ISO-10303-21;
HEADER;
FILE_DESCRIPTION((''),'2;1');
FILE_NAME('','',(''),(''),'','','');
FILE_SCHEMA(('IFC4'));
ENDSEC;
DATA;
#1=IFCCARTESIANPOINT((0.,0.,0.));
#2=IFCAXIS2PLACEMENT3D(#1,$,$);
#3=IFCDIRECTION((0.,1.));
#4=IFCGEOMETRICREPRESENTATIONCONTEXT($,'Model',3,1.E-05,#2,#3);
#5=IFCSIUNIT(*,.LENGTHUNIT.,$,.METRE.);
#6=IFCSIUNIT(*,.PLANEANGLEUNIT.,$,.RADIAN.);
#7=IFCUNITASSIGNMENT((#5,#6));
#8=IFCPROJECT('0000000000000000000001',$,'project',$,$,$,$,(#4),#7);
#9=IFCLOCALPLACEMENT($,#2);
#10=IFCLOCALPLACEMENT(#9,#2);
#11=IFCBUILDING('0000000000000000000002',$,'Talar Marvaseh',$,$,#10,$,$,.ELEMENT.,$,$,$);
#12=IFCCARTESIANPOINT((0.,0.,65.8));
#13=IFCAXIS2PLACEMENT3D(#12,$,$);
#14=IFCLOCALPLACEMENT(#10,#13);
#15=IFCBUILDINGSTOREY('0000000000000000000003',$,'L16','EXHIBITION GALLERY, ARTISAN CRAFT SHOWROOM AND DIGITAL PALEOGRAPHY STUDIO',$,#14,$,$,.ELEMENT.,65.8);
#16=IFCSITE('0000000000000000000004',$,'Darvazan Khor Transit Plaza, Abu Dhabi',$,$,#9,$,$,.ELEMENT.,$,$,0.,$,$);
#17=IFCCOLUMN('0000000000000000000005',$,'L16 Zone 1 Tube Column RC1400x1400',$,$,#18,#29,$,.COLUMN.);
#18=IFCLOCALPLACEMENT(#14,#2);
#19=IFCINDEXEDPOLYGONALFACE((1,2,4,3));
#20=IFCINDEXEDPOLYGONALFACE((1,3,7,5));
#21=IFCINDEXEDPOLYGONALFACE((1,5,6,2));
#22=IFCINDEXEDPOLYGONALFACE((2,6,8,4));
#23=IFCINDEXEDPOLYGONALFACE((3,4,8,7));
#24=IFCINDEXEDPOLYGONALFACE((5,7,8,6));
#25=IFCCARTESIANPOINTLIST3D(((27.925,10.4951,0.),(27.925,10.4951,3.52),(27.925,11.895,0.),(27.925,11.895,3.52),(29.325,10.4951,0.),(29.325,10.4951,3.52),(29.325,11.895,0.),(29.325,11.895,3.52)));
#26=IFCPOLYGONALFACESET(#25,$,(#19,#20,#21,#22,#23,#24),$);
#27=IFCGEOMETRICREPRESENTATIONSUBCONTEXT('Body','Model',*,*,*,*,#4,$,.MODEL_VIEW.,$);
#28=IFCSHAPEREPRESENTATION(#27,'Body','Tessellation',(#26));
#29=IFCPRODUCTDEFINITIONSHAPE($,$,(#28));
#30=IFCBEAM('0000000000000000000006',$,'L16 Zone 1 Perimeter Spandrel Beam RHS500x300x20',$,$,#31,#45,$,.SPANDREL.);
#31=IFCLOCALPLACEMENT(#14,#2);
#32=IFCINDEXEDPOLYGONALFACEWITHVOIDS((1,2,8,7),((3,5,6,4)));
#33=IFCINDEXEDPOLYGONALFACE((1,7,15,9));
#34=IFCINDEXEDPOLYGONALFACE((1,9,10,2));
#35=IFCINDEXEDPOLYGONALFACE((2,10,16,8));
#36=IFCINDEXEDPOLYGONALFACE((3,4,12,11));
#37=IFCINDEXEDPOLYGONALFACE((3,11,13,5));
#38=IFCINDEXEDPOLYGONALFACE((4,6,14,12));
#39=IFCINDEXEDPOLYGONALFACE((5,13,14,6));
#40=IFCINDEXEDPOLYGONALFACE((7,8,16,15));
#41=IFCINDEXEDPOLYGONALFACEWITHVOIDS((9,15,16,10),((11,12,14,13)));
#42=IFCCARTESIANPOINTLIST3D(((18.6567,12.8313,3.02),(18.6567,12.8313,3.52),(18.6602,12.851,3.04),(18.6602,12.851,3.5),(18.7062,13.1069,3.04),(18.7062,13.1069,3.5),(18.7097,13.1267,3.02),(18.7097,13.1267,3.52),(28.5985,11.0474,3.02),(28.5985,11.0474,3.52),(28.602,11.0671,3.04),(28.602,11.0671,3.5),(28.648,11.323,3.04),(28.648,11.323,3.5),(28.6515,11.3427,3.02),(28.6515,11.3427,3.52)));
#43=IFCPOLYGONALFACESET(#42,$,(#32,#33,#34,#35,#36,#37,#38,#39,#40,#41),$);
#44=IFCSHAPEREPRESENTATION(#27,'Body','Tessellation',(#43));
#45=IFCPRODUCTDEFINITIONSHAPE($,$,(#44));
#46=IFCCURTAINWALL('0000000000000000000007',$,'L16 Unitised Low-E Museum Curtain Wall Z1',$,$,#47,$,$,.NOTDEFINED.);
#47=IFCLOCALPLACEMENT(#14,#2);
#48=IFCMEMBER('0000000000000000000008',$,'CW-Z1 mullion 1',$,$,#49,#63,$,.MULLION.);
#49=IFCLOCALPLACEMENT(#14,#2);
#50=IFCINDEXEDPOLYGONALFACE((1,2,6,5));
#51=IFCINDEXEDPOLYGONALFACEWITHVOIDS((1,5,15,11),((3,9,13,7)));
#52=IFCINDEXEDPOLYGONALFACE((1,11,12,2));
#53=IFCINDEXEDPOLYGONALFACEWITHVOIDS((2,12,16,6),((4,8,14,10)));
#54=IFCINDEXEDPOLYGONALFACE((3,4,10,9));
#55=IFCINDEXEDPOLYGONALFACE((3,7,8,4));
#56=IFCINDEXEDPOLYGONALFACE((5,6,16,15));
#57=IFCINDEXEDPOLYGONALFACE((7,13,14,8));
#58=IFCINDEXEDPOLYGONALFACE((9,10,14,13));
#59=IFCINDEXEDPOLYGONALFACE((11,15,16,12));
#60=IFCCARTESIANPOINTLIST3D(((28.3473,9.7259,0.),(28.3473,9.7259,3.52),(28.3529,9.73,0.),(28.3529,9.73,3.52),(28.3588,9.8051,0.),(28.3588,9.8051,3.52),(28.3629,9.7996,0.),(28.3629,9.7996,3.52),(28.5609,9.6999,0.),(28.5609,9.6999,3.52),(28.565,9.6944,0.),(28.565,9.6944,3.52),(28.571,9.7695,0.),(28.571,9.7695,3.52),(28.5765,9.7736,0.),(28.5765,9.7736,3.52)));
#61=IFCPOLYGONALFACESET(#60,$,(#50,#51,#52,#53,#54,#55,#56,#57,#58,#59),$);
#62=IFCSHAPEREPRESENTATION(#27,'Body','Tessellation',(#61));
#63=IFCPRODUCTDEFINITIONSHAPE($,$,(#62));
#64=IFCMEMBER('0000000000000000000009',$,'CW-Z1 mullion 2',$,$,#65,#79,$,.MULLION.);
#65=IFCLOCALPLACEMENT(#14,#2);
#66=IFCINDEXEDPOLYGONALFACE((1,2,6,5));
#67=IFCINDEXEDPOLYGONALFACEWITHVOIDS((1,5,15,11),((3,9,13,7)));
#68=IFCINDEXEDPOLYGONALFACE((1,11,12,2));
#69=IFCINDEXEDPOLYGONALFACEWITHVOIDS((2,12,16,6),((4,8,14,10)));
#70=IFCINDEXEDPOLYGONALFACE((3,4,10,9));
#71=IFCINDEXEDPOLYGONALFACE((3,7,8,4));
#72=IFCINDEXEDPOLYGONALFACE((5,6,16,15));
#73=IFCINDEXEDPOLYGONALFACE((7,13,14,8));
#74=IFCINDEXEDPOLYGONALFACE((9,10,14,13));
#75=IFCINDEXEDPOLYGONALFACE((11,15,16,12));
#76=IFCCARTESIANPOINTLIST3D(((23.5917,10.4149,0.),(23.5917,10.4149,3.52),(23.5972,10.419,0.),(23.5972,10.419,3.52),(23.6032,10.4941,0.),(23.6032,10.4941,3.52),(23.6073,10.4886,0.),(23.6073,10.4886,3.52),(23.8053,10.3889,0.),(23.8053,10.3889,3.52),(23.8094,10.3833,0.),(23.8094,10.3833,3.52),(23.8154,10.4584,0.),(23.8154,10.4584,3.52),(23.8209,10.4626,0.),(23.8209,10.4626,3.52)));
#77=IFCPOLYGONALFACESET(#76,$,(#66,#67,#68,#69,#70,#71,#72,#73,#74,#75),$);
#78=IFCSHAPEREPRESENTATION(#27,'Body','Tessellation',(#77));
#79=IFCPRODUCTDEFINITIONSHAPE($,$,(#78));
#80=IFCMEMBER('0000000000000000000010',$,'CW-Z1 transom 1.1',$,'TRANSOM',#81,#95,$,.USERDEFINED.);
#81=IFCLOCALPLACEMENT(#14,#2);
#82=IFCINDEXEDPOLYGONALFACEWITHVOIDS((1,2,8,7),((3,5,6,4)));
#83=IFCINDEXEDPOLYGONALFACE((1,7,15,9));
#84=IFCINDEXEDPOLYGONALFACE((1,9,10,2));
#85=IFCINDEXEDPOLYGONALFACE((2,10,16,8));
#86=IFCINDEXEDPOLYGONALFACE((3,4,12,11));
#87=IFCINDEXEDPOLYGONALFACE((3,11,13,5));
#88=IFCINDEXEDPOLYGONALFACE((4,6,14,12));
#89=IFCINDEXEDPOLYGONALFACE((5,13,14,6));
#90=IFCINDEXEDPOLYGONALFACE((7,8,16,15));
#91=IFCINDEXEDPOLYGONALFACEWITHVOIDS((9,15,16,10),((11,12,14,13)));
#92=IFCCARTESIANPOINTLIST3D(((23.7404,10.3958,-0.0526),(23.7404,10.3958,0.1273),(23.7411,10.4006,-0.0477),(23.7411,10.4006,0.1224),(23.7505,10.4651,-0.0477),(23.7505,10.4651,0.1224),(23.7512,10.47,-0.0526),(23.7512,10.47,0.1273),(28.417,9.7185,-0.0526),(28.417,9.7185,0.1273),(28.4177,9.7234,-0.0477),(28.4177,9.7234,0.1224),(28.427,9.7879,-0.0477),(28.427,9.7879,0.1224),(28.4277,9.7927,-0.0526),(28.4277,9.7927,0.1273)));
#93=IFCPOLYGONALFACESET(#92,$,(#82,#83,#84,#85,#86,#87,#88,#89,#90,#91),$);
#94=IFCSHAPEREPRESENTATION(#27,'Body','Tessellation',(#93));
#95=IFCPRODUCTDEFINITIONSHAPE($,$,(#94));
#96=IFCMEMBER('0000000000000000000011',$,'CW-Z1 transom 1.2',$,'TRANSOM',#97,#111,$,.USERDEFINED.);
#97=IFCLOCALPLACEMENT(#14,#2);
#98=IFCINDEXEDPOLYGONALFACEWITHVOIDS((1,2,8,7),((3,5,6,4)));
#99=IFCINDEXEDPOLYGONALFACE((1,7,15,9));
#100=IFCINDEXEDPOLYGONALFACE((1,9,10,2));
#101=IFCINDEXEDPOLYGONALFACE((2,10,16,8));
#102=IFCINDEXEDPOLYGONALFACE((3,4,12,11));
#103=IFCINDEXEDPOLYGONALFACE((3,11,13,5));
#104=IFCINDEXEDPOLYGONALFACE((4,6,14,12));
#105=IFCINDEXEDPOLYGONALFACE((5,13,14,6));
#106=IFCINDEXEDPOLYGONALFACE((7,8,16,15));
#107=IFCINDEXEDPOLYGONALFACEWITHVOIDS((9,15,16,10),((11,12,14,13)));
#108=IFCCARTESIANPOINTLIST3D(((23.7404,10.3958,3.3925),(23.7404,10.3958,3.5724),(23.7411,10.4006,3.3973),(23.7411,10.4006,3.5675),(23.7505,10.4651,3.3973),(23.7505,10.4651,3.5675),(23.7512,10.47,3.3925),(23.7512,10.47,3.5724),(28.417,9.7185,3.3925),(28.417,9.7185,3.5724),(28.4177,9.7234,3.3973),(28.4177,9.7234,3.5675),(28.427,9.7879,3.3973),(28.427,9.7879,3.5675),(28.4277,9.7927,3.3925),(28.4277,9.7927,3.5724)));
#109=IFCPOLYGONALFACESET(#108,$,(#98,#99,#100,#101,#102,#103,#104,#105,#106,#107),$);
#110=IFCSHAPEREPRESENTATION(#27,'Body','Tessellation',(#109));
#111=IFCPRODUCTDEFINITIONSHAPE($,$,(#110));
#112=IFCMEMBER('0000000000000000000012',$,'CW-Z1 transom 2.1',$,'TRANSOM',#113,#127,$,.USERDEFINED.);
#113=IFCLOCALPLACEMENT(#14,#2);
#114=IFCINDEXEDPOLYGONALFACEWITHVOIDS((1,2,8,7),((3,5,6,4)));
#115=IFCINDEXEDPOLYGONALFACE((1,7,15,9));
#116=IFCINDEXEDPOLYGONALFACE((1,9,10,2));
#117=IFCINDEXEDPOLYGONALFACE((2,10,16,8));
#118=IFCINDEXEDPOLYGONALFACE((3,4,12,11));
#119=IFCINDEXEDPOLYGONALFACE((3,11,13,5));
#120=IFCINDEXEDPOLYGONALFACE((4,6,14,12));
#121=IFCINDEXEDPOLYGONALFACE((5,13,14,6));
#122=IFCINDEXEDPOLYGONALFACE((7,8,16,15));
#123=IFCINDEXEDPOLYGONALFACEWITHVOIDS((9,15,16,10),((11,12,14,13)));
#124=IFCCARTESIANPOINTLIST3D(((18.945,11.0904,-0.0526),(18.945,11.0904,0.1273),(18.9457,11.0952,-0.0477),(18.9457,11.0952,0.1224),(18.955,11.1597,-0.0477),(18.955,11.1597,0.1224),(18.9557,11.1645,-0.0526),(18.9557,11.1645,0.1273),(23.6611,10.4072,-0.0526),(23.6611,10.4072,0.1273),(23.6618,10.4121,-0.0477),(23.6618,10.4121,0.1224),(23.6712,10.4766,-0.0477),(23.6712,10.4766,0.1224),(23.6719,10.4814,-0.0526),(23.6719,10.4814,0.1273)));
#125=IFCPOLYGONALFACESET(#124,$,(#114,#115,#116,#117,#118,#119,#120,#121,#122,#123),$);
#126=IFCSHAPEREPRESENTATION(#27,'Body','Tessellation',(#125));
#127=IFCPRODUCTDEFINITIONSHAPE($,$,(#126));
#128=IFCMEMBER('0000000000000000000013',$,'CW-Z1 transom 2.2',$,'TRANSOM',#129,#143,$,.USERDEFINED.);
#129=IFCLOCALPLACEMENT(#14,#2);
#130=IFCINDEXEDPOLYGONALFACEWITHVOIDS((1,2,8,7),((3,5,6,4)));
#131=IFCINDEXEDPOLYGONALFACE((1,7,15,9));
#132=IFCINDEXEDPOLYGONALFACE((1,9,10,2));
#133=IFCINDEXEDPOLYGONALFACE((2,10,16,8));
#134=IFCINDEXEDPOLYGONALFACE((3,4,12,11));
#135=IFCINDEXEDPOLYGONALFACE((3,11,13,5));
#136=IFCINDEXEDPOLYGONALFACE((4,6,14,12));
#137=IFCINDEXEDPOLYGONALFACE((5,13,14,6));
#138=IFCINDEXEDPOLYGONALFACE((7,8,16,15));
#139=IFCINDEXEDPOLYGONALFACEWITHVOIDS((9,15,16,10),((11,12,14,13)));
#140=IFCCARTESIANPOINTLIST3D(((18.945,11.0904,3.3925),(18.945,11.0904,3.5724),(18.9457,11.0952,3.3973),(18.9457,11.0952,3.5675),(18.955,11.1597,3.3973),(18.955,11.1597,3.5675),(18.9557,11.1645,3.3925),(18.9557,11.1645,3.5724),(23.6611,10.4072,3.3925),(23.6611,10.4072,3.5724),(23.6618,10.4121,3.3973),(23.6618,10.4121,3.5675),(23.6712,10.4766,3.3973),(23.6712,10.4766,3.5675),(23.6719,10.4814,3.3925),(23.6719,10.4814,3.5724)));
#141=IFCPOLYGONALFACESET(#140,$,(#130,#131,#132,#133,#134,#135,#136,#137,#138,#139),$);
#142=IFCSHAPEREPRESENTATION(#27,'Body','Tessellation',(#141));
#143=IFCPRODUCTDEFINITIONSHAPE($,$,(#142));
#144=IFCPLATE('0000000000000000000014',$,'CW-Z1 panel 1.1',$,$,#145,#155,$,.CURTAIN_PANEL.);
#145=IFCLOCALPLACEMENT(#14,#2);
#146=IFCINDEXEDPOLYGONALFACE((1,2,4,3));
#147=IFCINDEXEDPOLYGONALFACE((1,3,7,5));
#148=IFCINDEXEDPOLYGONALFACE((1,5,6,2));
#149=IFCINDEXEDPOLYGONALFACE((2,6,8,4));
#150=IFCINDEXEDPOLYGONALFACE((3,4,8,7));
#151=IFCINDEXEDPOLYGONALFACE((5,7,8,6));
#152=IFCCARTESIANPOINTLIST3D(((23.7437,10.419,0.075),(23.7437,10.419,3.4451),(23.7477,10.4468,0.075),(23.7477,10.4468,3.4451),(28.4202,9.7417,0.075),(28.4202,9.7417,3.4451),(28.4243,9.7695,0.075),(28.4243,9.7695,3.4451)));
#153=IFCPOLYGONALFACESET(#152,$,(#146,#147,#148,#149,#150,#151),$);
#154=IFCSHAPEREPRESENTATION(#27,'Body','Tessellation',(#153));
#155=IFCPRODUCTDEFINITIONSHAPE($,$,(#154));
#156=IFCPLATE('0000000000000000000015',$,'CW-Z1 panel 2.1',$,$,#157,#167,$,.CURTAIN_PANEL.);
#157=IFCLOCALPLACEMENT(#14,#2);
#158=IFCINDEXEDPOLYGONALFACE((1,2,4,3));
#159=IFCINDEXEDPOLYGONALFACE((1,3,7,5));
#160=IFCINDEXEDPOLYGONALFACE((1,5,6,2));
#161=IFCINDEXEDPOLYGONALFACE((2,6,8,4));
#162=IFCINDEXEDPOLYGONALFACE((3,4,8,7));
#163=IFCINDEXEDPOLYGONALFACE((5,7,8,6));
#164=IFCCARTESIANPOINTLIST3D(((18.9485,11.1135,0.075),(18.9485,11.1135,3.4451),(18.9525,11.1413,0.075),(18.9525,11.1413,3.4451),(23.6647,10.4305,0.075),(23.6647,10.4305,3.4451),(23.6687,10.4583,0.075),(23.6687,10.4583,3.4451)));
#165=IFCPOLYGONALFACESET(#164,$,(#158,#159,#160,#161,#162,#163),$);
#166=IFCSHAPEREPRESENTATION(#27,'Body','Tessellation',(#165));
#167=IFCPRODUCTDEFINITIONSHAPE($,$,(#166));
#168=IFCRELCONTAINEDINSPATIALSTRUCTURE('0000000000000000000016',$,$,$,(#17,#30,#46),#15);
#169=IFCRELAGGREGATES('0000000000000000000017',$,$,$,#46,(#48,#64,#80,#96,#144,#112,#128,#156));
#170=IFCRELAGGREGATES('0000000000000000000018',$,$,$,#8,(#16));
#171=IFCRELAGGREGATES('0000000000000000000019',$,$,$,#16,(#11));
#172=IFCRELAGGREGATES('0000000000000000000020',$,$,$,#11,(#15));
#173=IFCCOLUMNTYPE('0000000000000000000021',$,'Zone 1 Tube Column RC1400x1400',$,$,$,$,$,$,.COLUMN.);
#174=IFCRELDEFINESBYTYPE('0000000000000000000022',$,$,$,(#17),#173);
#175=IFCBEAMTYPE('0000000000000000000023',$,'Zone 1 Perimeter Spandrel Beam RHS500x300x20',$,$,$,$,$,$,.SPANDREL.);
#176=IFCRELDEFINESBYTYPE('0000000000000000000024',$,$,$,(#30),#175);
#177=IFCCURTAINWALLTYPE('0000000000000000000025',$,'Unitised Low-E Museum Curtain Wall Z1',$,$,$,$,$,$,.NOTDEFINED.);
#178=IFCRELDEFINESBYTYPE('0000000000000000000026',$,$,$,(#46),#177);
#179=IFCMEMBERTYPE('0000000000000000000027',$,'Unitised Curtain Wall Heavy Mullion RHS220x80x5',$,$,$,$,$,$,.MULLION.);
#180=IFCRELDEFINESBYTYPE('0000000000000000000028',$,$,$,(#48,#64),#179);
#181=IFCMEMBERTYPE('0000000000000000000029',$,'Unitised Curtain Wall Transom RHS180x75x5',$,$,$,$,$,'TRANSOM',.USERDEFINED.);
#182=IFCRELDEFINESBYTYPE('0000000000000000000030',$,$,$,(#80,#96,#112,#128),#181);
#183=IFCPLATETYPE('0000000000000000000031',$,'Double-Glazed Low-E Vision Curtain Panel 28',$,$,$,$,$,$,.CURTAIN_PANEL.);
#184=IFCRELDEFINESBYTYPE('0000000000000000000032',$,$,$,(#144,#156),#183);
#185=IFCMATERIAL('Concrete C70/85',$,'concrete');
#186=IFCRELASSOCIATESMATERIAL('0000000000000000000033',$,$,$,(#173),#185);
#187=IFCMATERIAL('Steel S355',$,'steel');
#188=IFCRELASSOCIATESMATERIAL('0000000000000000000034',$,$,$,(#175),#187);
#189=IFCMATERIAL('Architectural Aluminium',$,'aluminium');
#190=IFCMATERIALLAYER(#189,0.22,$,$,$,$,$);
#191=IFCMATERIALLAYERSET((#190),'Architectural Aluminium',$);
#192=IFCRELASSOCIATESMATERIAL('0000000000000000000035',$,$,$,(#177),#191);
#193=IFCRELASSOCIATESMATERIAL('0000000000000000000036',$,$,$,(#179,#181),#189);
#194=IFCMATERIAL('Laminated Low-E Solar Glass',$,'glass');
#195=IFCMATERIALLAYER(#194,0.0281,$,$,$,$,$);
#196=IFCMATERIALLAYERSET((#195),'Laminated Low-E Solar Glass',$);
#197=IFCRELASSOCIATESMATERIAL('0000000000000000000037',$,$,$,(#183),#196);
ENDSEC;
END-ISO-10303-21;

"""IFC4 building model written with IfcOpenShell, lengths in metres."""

from ifc_helpers import new_model, si_unit, direction, frame, origin, origin_2d, place, context, subcontext, project, spatial, rectangle, hollow_rectangle, extrude, source, transform, mapped, material, layer, layer_set, material_profile, profile_set, type_object, type_shapes, element, aggregate, save


model = new_model("IFC4")

# Units and contexts
model_context = context("Model", 3, precision=1e-05, world=origin(), true_north=direction((0.0, 1.0)))
body_context = subcontext(model_context, "Body", "Model", "MODEL_VIEW")
ifc_project = project(units=[si_unit("LENGTHUNIT", "METRE"), si_unit("PLANEANGLEUNIT", "RADIAN")], contexts=[model_context])

# Site, building, storey
site_placement = place(None, origin())
site = spatial("IfcSite", under=ifc_project, at=site_placement, Name="Darvazan Khor Transit Plaza, Abu Dhabi", CompositionType="ELEMENT", RefElevation=0.0)
building_placement = place(site_placement, origin())
building = spatial("IfcBuilding", under=site, at=building_placement, Name="Talar Marvaseh", CompositionType="ELEMENT")
storey_placement = place(building_placement, frame((0.0, 0.0, 65.8)))
storey = spatial("IfcBuildingStorey", under=building, at=storey_placement, Name="L16", Description="EXHIBITION GALLERY, ARTISAN CRAFT SHOWROOM AND DIGITAL PALEOGRAPHY STUDIO", CompositionType="ELEMENT", Elevation=65.8)

# Column
ifc_material_1 = material(Name="Concrete C70/85", Category="concrete")
ifc_material_profile_1 = material_profile(ifc_material_1, rectangle(XDim=1.3999, YDim=1.3999, at=origin_2d()), Name="RC1400x1400")
ifc_profile_set_1 = profile_set([ifc_material_profile_1], Name="Concrete C70/85")
column_type = type_object("IfcColumnType", Name="Zone 1 Tube Column RC1400x1400", PredefinedType="COLUMN", material=ifc_profile_set_1)
column_placement = place(storey_placement, frame((28.625, 11.1951, 0.0), z_axis=(0.0, 0.0, 1.0), x_axis=(1.0, 0.0, 0.0)))
element("IfcColumn", 1, at=column_placement, inside=storey, type_object=column_type, Name="L16 Zone 1 Tube Column RC1400x1400", PredefinedType="COLUMN", context=body_context, shape_type="SweptSolid", body=[
    extrude(rectangle(XDim=1.3999, YDim=1.3999, at=origin_2d()), origin(), (0.0, 0.0, 1.0), 3.52),
])

# Beam
ifc_material_2 = material(Name="Steel S355", Category="steel")
ifc_material_profile_2 = material_profile(ifc_material_2, hollow_rectangle(XDim=0.3, YDim=0.5, WallThickness=0.02, at=origin_2d()), Name="RHS500x300x20")
ifc_profile_set_2 = profile_set([ifc_material_profile_2], Name="Steel S355")
beam_type = type_object("IfcBeamType", Name="Zone 1 Perimeter Spandrel Beam RHS500x300x20", PredefinedType="SPANDREL", material=ifc_profile_set_2)
beam_placement = place(storey_placement, frame((28.625, 11.1951, 3.27), z_axis=(-0.98428, 0.176615, 0.0), x_axis=(-0.176615, -0.98428, 0.0)))
element("IfcBeam", 2, at=beam_placement, inside=storey, type_object=beam_type, Name="L16 Zone 1 Perimeter Spandrel Beam RHS500x300x20", PredefinedType="SPANDREL", context=body_context, shape_type="SweptSolid", body=[
    extrude(hollow_rectangle(XDim=0.3, YDim=0.5, WallThickness=0.02, at=origin_2d()), origin(), (0.0, 0.0, 1.0), 10.1006),
])

# Curtain wall, members, plates
ifc_material_3 = material(Name="Architectural Aluminium", Category="aluminium")
ifc_layer_1 = layer(ifc_material_3, 0.22)
ifc_layer_set_1 = layer_set([ifc_layer_1], Name="Architectural Aluminium")
curtain_wall_type = type_object("IfcCurtainWallType", Name="Unitised Low-E Museum Curtain Wall Z1", PredefinedType="NOTDEFINED", material=ifc_layer_set_1)
curtain_wall_placement = place(storey_placement, origin())
curtain_wall = element("IfcCurtainWall", 3, at=curtain_wall_placement, inside=storey, type_object=curtain_wall_type, Name="L16 Unitised Low-E Museum Curtain Wall Z1", PredefinedType="NOTDEFINED")
ifc_material_profile_3 = material_profile(ifc_material_3, hollow_rectangle(XDim=0.0801, YDim=0.22, WallThickness=0.0049, at=origin_2d()), Name="RHS220x80x5")
ifc_profile_set_3 = profile_set([ifc_material_profile_3], Name="Architectural Aluminium")
member_type_1 = type_object("IfcMemberType", Name="Unitised Curtain Wall Heavy Mullion RHS220x80x5", PredefinedType="MULLION", material=ifc_profile_set_3)
shared_shape_1 = source(origin(), body_context, "Body", "SweptSolid", [
    extrude(hollow_rectangle(XDim=0.0801, YDim=0.22, WallThickness=0.0049, at=origin_2d()), origin(), (0.0, 0.0, 1.0), 3.52),
])
type_shapes(member_type_1, [shared_shape_1])
member_1_placement = place(storey_placement, frame((28.4619, 9.7498, 0.0), z_axis=(0.0, 0.0, 1.0), x_axis=(-0.143338, -0.989674, 0.0)))
member_1 = element("IfcMember", 4, at=member_1_placement, type_object=member_type_1, Name="CW-Z1 mullion 1", PredefinedType="MULLION", context=body_context, shape_type="MappedRepresentation", body=[
    mapped(shared_shape_1, transform((0.0, 0.0, 0.0), x_axis=(1.0, 0.0, 0.0), y_axis=(0.0, 1.0, 0.0), z_axis=(0.0, 0.0, 1.0), scale=1.0)),
])
member_2_placement = place(storey_placement, frame((23.7063, 10.4387, 0.0), z_axis=(0.0, 0.0, 1.0), x_axis=(-0.143338, -0.989674, 0.0)))
member_2 = element("IfcMember", 5, at=member_2_placement, type_object=member_type_1, Name="CW-Z1 mullion 2", PredefinedType="MULLION", context=body_context, shape_type="MappedRepresentation", body=[
    mapped(shared_shape_1, transform((0.0, 0.0, 0.0), x_axis=(1.0, 0.0, 0.0), y_axis=(0.0, 1.0, 0.0), z_axis=(0.0, 0.0, 1.0), scale=1.0)),
])
ifc_material_profile_4 = material_profile(ifc_material_3, hollow_rectangle(XDim=0.075, YDim=0.1799, WallThickness=0.0049, at=origin_2d()), Name="RHS180x75x5")
ifc_profile_set_4 = profile_set([ifc_material_profile_4], Name="Architectural Aluminium")
member_type_2 = type_object("IfcMemberType", Name="Unitised Curtain Wall Transom RHS180x75x5", ElementType="TRANSOM", PredefinedType="USERDEFINED", material=ifc_profile_set_4)
shared_shape_2 = source(origin(), body_context, "Body", "SweptSolid", [
    extrude(hollow_rectangle(XDim=0.075, YDim=0.1799, WallThickness=0.0049, at=origin_2d()), origin(), (0.0, 0.0, 1.0), 4.7253),
])
member_3_placement = place(storey_placement, frame((28.4224, 9.7556, 0.0374), z_axis=(-0.989676, 0.143323, 0.0), x_axis=(-0.143323, -0.989676, 0.0)))
member_3 = element("IfcMember", 6, at=member_3_placement, type_object=member_type_2, Name="CW-Z1 transom 1.1", ObjectType="TRANSOM", PredefinedType="USERDEFINED", context=body_context, shape_type="MappedRepresentation", body=[
    mapped(shared_shape_2, transform((0.0, 0.0, 0.0), x_axis=(1.0, 0.0, 0.0), y_axis=(0.0, 1.0, 0.0), z_axis=(0.0, 0.0, 1.0), scale=1.0)),
])
member_4_placement = place(storey_placement, frame((28.4224, 9.7556, 3.4824), z_axis=(-0.989676, 0.143323, 0.0), x_axis=(-0.143323, -0.989676, 0.0)))
member_4 = element("IfcMember", 7, at=member_4_placement, type_object=member_type_2, Name="CW-Z1 transom 1.2", ObjectType="TRANSOM", PredefinedType="USERDEFINED", context=body_context, shape_type="MappedRepresentation", body=[
    mapped(shared_shape_2, transform((0.0, 0.0, 0.0), x_axis=(1.0, 0.0, 0.0), y_axis=(0.0, 1.0, 0.0), z_axis=(0.0, 0.0, 1.0), scale=1.0)),
])
shared_shape_3 = source(origin(), body_context, "Body", "SweptSolid", [
    extrude(hollow_rectangle(XDim=0.075, YDim=0.1799, WallThickness=0.0049, at=origin_2d()), origin(), (0.0, 0.0, 1.0), 4.7654),
])
type_shapes(member_type_2, [shared_shape_2, shared_shape_3])
member_5_placement = place(storey_placement, frame((23.6665, 10.4443, 0.0374), z_axis=(-0.989672, 0.143351, 0.0), x_axis=(-0.143351, -0.989672, 0.0)))
member_5 = element("IfcMember", 8, at=member_5_placement, type_object=member_type_2, Name="CW-Z1 transom 2.1", ObjectType="TRANSOM", PredefinedType="USERDEFINED", context=body_context, shape_type="MappedRepresentation", body=[
    mapped(shared_shape_3, transform((0.0, 0.0, 0.0), x_axis=(1.0, 0.0, 0.0), y_axis=(0.0, 1.0, 0.0), z_axis=(0.0, 0.0, 1.0), scale=1.0)),
])
member_6_placement = place(storey_placement, frame((23.6665, 10.4443, 3.4824), z_axis=(-0.989672, 0.143351, 0.0), x_axis=(-0.143351, -0.989672, 0.0)))
member_6 = element("IfcMember", 9, at=member_6_placement, type_object=member_type_2, Name="CW-Z1 transom 2.2", ObjectType="TRANSOM", PredefinedType="USERDEFINED", context=body_context, shape_type="MappedRepresentation", body=[
    mapped(shared_shape_3, transform((0.0, 0.0, 0.0), x_axis=(1.0, 0.0, 0.0), y_axis=(0.0, 1.0, 0.0), z_axis=(0.0, 0.0, 1.0), scale=1.0)),
])
ifc_material_4 = material(Name="Laminated Low-E Solar Glass", Category="glass")
ifc_layer_2 = layer(ifc_material_4, 0.0281)
ifc_layer_set_2 = layer_set([ifc_layer_2], Name="Laminated Low-E Solar Glass")
plate_type = type_object("IfcPlateType", Name="Double-Glazed Low-E Vision Curtain Panel 28", PredefinedType="CURTAIN_PANEL", material=ifc_layer_set_2)
shared_shape_4 = source(origin(), body_context, "Body", "SweptSolid", [
    extrude(rectangle(XDim=4.7253, YDim=0.0281, at=origin_2d()), origin(), (0.0, 0.0, 1.0), 3.3701),
])
plate_1_placement = place(storey_placement, frame((26.084, 10.0942, 0.075), z_axis=(0.0, 0.0, 1.0), x_axis=(-0.989674, 0.143338, 0.0)))
plate_1 = element("IfcPlate", 10, at=plate_1_placement, type_object=plate_type, Name="CW-Z1 panel 1.1", PredefinedType="CURTAIN_PANEL", context=body_context, shape_type="MappedRepresentation", body=[
    mapped(shared_shape_4, transform((0.0, 0.0, 0.0), x_axis=(1.0, 0.0, 0.0), y_axis=(0.0, 1.0, 0.0), z_axis=(0.0, 0.0, 1.0), scale=1.0)),
])
shared_shape_5 = source(origin(), body_context, "Body", "SweptSolid", [
    extrude(rectangle(XDim=4.7654, YDim=0.0281, at=origin_2d()), origin(), (0.0, 0.0, 1.0), 3.3701),
])
type_shapes(plate_type, [shared_shape_4, shared_shape_5])
plate_2_placement = place(storey_placement, frame((21.3086, 10.7859, 0.075), z_axis=(0.0, 0.0, 1.0), x_axis=(-0.989674, 0.143338, 0.0)))
plate_2 = element("IfcPlate", 11, at=plate_2_placement, type_object=plate_type, Name="CW-Z1 panel 2.1", PredefinedType="CURTAIN_PANEL", context=body_context, shape_type="MappedRepresentation", body=[
    mapped(shared_shape_5, transform((0.0, 0.0, 0.0), x_axis=(1.0, 0.0, 0.0), y_axis=(0.0, 1.0, 0.0), z_axis=(0.0, 0.0, 1.0), scale=1.0)),
])
aggregate(curtain_wall, [member_1, member_2, member_3, member_4, plate_1, member_5, member_6, plate_2])

save(model, "model.ifc")
